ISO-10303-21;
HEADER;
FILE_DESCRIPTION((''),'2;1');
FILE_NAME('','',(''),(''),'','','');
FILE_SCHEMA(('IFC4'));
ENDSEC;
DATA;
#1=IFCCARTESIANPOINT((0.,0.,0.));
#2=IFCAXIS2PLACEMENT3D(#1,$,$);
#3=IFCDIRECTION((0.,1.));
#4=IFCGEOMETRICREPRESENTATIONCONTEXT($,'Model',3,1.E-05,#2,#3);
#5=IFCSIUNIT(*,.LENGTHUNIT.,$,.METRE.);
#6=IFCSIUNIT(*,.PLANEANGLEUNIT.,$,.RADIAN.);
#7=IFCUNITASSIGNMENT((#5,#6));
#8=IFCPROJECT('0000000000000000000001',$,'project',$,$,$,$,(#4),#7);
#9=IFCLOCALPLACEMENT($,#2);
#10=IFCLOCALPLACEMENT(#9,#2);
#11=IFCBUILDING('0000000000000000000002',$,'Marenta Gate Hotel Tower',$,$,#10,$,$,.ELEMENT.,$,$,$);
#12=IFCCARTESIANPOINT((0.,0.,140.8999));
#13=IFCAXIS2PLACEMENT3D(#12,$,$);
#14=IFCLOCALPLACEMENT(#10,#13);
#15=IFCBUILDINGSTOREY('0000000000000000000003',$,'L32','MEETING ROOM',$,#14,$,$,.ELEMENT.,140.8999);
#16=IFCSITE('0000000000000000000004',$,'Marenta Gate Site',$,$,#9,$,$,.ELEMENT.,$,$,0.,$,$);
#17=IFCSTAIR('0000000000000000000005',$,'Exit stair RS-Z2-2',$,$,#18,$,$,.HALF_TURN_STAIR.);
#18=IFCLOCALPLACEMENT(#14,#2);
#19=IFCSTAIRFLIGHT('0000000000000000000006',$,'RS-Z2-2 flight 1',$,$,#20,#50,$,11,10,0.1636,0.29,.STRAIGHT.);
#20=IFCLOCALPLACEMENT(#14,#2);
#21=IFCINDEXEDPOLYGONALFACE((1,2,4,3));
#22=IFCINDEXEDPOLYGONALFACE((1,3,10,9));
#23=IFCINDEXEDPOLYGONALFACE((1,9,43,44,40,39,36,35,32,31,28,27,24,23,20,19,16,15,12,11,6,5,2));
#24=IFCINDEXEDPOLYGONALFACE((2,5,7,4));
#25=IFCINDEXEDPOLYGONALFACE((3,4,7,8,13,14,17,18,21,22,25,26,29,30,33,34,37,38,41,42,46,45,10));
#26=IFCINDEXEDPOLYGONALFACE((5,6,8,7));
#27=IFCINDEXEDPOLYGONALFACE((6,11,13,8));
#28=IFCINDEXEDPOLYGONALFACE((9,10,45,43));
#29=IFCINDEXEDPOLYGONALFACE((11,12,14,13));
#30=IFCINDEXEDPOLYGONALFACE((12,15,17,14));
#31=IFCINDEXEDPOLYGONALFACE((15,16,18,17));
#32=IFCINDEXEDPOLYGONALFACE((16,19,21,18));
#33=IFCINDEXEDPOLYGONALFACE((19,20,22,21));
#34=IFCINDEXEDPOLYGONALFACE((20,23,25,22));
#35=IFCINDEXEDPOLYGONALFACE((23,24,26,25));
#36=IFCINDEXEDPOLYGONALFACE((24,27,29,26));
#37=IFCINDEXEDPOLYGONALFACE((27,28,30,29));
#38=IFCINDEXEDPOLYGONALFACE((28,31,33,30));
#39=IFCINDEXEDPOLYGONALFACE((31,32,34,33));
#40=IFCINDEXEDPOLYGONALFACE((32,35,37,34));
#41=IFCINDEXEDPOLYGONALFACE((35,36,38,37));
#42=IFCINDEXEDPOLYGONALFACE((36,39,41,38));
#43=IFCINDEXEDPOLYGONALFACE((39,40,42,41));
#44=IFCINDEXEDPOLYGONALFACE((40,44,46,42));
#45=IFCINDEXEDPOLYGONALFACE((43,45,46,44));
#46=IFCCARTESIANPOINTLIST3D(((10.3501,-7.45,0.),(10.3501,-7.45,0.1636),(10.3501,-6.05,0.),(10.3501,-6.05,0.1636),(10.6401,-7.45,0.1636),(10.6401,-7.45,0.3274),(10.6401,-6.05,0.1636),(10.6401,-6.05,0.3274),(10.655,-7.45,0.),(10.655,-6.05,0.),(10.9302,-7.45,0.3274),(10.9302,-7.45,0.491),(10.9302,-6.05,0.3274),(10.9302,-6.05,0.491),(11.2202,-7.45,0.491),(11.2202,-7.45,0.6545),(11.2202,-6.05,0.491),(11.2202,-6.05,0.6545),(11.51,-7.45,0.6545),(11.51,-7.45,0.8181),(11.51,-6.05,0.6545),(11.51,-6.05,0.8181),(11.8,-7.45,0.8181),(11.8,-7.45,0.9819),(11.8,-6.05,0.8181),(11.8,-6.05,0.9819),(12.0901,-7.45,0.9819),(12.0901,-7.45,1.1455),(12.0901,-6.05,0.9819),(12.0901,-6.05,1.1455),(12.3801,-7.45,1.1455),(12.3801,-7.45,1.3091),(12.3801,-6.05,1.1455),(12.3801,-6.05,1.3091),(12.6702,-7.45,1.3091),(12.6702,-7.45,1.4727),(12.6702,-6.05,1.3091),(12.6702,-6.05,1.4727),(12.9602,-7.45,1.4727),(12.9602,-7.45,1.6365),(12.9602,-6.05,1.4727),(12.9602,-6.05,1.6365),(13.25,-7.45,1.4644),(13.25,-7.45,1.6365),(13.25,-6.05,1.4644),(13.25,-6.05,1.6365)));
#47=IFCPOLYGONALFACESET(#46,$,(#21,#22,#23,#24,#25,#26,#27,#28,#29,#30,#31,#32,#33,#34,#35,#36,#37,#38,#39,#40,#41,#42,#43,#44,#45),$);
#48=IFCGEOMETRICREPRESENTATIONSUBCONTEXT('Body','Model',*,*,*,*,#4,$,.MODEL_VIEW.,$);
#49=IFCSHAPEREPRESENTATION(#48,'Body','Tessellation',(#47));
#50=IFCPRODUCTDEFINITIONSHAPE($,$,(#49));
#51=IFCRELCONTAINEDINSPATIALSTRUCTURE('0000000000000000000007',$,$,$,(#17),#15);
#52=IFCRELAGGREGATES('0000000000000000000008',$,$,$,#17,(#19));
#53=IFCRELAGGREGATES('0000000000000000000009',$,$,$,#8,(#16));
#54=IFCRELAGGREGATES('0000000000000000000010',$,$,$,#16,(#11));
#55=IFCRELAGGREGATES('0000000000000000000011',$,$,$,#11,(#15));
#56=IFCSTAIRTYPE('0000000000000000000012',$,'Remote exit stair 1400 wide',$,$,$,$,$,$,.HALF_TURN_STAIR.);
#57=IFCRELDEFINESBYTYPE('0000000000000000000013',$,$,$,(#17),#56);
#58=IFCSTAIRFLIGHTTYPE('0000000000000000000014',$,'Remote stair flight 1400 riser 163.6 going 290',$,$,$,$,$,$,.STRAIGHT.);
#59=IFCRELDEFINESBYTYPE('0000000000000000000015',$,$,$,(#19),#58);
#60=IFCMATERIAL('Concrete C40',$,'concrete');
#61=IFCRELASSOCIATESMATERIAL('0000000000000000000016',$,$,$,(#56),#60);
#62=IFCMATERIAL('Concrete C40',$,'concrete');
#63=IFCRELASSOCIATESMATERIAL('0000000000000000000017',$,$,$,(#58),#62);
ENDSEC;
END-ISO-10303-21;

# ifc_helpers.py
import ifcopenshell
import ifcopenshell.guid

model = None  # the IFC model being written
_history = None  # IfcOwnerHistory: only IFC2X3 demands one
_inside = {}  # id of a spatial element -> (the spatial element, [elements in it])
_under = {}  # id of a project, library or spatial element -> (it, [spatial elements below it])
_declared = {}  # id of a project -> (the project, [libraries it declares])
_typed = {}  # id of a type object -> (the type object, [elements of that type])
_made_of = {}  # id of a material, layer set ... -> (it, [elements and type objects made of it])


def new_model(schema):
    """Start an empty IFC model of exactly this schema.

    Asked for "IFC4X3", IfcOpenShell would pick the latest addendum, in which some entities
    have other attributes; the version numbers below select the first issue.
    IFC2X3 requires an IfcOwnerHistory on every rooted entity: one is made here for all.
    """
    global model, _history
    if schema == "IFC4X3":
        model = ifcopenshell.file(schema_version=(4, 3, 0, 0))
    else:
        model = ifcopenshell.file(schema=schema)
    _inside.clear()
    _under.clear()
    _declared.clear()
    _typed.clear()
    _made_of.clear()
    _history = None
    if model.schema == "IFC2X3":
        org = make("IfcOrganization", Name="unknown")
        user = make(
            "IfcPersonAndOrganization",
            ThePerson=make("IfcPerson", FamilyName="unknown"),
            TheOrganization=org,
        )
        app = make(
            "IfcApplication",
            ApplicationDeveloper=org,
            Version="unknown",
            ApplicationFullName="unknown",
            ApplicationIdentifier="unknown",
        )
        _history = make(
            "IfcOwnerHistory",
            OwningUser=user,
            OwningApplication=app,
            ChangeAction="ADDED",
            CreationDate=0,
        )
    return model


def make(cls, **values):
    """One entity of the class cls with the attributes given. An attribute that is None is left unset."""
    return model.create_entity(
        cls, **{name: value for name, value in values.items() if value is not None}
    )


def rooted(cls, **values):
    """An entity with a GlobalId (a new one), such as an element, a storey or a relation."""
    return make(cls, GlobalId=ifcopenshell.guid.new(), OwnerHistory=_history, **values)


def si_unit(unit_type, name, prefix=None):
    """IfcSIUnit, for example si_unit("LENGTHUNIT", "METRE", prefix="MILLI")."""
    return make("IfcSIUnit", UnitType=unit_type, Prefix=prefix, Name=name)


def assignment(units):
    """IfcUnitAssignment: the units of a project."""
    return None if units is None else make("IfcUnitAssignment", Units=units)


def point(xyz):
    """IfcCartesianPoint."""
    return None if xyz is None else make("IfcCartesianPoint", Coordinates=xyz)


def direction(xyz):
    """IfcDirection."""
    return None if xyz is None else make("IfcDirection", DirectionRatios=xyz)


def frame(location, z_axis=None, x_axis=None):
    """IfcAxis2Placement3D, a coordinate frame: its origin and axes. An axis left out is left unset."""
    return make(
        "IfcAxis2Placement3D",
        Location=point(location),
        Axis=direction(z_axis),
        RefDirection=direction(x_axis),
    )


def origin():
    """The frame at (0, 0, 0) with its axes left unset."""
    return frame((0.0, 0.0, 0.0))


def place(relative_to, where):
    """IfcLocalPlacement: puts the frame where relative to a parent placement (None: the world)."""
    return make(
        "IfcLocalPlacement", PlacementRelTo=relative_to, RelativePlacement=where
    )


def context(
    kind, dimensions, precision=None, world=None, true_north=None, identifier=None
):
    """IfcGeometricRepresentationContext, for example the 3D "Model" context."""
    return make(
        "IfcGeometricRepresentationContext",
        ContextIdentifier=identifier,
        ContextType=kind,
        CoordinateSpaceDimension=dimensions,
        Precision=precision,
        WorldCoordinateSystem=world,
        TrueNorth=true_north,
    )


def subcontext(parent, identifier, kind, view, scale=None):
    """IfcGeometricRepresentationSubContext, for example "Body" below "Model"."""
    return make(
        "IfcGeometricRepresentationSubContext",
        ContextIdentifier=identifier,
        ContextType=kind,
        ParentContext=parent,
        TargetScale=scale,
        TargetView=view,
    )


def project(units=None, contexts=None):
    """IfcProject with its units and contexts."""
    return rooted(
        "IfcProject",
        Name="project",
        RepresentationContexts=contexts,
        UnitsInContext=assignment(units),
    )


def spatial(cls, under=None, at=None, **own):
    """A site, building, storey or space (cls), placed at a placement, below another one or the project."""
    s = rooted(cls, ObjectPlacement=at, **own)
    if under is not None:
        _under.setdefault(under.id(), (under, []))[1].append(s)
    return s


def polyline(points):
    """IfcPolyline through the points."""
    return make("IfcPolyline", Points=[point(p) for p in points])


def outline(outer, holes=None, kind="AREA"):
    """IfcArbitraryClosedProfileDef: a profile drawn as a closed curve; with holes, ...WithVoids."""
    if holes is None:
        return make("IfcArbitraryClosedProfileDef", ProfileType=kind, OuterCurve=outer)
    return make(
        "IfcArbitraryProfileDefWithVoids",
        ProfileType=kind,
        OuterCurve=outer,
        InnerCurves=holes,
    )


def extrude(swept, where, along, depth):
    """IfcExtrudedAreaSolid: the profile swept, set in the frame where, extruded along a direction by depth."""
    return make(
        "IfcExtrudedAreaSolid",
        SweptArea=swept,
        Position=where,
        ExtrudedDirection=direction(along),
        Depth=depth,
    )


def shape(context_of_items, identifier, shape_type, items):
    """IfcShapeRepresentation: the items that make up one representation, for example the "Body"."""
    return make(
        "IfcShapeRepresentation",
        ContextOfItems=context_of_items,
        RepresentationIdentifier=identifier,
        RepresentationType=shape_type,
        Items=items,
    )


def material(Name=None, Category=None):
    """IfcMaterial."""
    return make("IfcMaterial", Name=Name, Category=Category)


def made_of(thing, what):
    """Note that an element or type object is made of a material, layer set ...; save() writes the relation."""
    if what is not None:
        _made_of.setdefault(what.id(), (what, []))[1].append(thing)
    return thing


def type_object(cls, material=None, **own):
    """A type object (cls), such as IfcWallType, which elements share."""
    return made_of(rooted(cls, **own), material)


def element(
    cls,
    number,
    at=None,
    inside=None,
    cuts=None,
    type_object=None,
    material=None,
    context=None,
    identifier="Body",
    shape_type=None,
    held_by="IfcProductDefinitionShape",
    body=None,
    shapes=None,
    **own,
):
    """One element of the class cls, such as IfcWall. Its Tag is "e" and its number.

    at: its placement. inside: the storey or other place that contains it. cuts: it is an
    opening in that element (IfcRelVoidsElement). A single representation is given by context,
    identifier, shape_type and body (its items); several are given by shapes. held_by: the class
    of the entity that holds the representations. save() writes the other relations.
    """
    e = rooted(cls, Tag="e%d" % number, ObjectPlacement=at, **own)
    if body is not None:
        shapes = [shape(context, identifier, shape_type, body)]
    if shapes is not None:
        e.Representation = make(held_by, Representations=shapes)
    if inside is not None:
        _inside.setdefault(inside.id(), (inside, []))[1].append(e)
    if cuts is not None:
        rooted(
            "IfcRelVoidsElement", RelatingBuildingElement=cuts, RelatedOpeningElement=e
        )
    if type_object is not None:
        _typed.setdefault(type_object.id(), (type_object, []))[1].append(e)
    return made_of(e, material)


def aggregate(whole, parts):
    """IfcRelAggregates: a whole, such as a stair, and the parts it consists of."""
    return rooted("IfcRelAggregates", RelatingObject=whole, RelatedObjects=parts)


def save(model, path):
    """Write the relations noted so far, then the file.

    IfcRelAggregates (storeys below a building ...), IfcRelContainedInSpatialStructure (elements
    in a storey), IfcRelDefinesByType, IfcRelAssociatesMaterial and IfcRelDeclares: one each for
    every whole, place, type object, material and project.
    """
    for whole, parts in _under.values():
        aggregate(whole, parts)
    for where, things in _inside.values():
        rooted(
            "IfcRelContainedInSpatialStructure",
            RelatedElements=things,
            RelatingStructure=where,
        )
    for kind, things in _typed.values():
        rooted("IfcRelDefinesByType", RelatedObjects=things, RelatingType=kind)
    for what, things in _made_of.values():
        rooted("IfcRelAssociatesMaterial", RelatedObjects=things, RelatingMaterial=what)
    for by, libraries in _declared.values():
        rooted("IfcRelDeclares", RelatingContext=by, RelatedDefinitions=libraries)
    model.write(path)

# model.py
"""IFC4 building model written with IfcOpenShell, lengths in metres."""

from ifc_helpers import new_model, si_unit, direction, frame, origin, place, context, subcontext, project, spatial, polyline, outline, extrude, material, type_object, element, aggregate, save


model = new_model("IFC4")

# Units and contexts
model_context = context("Model", 3, precision=1e-05, world=origin(), true_north=direction((0.0, 1.0)))
body_context = subcontext(model_context, "Body", "Model", "MODEL_VIEW")
ifc_project = project(units=[si_unit("LENGTHUNIT", "METRE"), si_unit("PLANEANGLEUNIT", "RADIAN")], contexts=[model_context])

# Site, building, storey
site_placement = place(None, origin())
site = spatial("IfcSite", under=ifc_project, at=site_placement, Name="Marenta Gate Site", CompositionType="ELEMENT", RefElevation=0.0)
building_placement = place(site_placement, origin())
building = spatial("IfcBuilding", under=site, at=building_placement, Name="Marenta Gate Hotel Tower", CompositionType="ELEMENT")
storey_placement = place(building_placement, frame((0.0, 0.0, 140.8999)))
storey = spatial("IfcBuildingStorey", under=building, at=storey_placement, Name="L32", Description="MEETING ROOM", CompositionType="ELEMENT", Elevation=140.8999)

# Stair
ifc_material_1 = material(Name="Concrete C40", Category="concrete")
stair_type_1 = type_object("IfcStairType", Name="Remote exit stair 1400 wide", PredefinedType="HALF_TURN_STAIR", material=ifc_material_1)
stair_1_placement = place(storey_placement, origin())
stair_1 = element("IfcStair", 1, at=stair_1_placement, inside=storey, type_object=stair_type_1, Name="Exit stair RS-Z2-2", PredefinedType="HALF_TURN_STAIR")

# Stair flight
ifc_material_2 = material(Name="Concrete C40", Category="concrete")
stair_flight_type = type_object("IfcStairFlightType", Name="Remote stair flight 1400 riser 163.6 going 290", PredefinedType="STRAIGHT", material=ifc_material_2)
stair_flight_placement = place(storey_placement, frame((10.3501, -6.75, 0.0), z_axis=(0.0, 0.0, 1.0), x_axis=(1.0, 0.0, 0.0)))
stair_flight = element("IfcStairFlight", 2, at=stair_flight_placement, type_object=stair_flight_type, Name="RS-Z2-2 flight 1", NumberOfRisers=11, NumberOfTreads=10, PredefinedType="STRAIGHT", RiserHeight=0.1636, TreadLength=0.29, context=body_context, shape_type="SweptSolid", body=[
    extrude(outline(polyline([(0.0, 0.0), (0.0, 0.1636), (0.29, 0.1636), (0.29, 0.3274), (0.5801, 0.3274), (0.5801, 0.491), (0.8701, 0.491), (0.8701, 0.6545), (1.1599, 0.6545), (1.1599, 0.8181), (1.45, 0.8181), (1.45, 0.9819), (1.74, 0.9819), (1.74, 1.1455), (2.03, 1.1455), (2.03, 1.3091), (2.3201, 1.3091), (2.3201, 1.4727), (2.6101, 1.4727), (2.6101, 1.6365), (2.8999, 1.6365), (2.8999, 1.8), (2.8999, 1.4644), (0.3049, 0.0), (0.0, 0.0)])), frame((0.0, 0.7, 0.0), z_axis=(0.0, -1.0, 0.0), x_axis=(1.0, 0.0, 0.0)), (0.0, 0.0, 1.0), 1.3999),
])
aggregate(stair_1, [stair_flight])

save(model, "model.ifc")
